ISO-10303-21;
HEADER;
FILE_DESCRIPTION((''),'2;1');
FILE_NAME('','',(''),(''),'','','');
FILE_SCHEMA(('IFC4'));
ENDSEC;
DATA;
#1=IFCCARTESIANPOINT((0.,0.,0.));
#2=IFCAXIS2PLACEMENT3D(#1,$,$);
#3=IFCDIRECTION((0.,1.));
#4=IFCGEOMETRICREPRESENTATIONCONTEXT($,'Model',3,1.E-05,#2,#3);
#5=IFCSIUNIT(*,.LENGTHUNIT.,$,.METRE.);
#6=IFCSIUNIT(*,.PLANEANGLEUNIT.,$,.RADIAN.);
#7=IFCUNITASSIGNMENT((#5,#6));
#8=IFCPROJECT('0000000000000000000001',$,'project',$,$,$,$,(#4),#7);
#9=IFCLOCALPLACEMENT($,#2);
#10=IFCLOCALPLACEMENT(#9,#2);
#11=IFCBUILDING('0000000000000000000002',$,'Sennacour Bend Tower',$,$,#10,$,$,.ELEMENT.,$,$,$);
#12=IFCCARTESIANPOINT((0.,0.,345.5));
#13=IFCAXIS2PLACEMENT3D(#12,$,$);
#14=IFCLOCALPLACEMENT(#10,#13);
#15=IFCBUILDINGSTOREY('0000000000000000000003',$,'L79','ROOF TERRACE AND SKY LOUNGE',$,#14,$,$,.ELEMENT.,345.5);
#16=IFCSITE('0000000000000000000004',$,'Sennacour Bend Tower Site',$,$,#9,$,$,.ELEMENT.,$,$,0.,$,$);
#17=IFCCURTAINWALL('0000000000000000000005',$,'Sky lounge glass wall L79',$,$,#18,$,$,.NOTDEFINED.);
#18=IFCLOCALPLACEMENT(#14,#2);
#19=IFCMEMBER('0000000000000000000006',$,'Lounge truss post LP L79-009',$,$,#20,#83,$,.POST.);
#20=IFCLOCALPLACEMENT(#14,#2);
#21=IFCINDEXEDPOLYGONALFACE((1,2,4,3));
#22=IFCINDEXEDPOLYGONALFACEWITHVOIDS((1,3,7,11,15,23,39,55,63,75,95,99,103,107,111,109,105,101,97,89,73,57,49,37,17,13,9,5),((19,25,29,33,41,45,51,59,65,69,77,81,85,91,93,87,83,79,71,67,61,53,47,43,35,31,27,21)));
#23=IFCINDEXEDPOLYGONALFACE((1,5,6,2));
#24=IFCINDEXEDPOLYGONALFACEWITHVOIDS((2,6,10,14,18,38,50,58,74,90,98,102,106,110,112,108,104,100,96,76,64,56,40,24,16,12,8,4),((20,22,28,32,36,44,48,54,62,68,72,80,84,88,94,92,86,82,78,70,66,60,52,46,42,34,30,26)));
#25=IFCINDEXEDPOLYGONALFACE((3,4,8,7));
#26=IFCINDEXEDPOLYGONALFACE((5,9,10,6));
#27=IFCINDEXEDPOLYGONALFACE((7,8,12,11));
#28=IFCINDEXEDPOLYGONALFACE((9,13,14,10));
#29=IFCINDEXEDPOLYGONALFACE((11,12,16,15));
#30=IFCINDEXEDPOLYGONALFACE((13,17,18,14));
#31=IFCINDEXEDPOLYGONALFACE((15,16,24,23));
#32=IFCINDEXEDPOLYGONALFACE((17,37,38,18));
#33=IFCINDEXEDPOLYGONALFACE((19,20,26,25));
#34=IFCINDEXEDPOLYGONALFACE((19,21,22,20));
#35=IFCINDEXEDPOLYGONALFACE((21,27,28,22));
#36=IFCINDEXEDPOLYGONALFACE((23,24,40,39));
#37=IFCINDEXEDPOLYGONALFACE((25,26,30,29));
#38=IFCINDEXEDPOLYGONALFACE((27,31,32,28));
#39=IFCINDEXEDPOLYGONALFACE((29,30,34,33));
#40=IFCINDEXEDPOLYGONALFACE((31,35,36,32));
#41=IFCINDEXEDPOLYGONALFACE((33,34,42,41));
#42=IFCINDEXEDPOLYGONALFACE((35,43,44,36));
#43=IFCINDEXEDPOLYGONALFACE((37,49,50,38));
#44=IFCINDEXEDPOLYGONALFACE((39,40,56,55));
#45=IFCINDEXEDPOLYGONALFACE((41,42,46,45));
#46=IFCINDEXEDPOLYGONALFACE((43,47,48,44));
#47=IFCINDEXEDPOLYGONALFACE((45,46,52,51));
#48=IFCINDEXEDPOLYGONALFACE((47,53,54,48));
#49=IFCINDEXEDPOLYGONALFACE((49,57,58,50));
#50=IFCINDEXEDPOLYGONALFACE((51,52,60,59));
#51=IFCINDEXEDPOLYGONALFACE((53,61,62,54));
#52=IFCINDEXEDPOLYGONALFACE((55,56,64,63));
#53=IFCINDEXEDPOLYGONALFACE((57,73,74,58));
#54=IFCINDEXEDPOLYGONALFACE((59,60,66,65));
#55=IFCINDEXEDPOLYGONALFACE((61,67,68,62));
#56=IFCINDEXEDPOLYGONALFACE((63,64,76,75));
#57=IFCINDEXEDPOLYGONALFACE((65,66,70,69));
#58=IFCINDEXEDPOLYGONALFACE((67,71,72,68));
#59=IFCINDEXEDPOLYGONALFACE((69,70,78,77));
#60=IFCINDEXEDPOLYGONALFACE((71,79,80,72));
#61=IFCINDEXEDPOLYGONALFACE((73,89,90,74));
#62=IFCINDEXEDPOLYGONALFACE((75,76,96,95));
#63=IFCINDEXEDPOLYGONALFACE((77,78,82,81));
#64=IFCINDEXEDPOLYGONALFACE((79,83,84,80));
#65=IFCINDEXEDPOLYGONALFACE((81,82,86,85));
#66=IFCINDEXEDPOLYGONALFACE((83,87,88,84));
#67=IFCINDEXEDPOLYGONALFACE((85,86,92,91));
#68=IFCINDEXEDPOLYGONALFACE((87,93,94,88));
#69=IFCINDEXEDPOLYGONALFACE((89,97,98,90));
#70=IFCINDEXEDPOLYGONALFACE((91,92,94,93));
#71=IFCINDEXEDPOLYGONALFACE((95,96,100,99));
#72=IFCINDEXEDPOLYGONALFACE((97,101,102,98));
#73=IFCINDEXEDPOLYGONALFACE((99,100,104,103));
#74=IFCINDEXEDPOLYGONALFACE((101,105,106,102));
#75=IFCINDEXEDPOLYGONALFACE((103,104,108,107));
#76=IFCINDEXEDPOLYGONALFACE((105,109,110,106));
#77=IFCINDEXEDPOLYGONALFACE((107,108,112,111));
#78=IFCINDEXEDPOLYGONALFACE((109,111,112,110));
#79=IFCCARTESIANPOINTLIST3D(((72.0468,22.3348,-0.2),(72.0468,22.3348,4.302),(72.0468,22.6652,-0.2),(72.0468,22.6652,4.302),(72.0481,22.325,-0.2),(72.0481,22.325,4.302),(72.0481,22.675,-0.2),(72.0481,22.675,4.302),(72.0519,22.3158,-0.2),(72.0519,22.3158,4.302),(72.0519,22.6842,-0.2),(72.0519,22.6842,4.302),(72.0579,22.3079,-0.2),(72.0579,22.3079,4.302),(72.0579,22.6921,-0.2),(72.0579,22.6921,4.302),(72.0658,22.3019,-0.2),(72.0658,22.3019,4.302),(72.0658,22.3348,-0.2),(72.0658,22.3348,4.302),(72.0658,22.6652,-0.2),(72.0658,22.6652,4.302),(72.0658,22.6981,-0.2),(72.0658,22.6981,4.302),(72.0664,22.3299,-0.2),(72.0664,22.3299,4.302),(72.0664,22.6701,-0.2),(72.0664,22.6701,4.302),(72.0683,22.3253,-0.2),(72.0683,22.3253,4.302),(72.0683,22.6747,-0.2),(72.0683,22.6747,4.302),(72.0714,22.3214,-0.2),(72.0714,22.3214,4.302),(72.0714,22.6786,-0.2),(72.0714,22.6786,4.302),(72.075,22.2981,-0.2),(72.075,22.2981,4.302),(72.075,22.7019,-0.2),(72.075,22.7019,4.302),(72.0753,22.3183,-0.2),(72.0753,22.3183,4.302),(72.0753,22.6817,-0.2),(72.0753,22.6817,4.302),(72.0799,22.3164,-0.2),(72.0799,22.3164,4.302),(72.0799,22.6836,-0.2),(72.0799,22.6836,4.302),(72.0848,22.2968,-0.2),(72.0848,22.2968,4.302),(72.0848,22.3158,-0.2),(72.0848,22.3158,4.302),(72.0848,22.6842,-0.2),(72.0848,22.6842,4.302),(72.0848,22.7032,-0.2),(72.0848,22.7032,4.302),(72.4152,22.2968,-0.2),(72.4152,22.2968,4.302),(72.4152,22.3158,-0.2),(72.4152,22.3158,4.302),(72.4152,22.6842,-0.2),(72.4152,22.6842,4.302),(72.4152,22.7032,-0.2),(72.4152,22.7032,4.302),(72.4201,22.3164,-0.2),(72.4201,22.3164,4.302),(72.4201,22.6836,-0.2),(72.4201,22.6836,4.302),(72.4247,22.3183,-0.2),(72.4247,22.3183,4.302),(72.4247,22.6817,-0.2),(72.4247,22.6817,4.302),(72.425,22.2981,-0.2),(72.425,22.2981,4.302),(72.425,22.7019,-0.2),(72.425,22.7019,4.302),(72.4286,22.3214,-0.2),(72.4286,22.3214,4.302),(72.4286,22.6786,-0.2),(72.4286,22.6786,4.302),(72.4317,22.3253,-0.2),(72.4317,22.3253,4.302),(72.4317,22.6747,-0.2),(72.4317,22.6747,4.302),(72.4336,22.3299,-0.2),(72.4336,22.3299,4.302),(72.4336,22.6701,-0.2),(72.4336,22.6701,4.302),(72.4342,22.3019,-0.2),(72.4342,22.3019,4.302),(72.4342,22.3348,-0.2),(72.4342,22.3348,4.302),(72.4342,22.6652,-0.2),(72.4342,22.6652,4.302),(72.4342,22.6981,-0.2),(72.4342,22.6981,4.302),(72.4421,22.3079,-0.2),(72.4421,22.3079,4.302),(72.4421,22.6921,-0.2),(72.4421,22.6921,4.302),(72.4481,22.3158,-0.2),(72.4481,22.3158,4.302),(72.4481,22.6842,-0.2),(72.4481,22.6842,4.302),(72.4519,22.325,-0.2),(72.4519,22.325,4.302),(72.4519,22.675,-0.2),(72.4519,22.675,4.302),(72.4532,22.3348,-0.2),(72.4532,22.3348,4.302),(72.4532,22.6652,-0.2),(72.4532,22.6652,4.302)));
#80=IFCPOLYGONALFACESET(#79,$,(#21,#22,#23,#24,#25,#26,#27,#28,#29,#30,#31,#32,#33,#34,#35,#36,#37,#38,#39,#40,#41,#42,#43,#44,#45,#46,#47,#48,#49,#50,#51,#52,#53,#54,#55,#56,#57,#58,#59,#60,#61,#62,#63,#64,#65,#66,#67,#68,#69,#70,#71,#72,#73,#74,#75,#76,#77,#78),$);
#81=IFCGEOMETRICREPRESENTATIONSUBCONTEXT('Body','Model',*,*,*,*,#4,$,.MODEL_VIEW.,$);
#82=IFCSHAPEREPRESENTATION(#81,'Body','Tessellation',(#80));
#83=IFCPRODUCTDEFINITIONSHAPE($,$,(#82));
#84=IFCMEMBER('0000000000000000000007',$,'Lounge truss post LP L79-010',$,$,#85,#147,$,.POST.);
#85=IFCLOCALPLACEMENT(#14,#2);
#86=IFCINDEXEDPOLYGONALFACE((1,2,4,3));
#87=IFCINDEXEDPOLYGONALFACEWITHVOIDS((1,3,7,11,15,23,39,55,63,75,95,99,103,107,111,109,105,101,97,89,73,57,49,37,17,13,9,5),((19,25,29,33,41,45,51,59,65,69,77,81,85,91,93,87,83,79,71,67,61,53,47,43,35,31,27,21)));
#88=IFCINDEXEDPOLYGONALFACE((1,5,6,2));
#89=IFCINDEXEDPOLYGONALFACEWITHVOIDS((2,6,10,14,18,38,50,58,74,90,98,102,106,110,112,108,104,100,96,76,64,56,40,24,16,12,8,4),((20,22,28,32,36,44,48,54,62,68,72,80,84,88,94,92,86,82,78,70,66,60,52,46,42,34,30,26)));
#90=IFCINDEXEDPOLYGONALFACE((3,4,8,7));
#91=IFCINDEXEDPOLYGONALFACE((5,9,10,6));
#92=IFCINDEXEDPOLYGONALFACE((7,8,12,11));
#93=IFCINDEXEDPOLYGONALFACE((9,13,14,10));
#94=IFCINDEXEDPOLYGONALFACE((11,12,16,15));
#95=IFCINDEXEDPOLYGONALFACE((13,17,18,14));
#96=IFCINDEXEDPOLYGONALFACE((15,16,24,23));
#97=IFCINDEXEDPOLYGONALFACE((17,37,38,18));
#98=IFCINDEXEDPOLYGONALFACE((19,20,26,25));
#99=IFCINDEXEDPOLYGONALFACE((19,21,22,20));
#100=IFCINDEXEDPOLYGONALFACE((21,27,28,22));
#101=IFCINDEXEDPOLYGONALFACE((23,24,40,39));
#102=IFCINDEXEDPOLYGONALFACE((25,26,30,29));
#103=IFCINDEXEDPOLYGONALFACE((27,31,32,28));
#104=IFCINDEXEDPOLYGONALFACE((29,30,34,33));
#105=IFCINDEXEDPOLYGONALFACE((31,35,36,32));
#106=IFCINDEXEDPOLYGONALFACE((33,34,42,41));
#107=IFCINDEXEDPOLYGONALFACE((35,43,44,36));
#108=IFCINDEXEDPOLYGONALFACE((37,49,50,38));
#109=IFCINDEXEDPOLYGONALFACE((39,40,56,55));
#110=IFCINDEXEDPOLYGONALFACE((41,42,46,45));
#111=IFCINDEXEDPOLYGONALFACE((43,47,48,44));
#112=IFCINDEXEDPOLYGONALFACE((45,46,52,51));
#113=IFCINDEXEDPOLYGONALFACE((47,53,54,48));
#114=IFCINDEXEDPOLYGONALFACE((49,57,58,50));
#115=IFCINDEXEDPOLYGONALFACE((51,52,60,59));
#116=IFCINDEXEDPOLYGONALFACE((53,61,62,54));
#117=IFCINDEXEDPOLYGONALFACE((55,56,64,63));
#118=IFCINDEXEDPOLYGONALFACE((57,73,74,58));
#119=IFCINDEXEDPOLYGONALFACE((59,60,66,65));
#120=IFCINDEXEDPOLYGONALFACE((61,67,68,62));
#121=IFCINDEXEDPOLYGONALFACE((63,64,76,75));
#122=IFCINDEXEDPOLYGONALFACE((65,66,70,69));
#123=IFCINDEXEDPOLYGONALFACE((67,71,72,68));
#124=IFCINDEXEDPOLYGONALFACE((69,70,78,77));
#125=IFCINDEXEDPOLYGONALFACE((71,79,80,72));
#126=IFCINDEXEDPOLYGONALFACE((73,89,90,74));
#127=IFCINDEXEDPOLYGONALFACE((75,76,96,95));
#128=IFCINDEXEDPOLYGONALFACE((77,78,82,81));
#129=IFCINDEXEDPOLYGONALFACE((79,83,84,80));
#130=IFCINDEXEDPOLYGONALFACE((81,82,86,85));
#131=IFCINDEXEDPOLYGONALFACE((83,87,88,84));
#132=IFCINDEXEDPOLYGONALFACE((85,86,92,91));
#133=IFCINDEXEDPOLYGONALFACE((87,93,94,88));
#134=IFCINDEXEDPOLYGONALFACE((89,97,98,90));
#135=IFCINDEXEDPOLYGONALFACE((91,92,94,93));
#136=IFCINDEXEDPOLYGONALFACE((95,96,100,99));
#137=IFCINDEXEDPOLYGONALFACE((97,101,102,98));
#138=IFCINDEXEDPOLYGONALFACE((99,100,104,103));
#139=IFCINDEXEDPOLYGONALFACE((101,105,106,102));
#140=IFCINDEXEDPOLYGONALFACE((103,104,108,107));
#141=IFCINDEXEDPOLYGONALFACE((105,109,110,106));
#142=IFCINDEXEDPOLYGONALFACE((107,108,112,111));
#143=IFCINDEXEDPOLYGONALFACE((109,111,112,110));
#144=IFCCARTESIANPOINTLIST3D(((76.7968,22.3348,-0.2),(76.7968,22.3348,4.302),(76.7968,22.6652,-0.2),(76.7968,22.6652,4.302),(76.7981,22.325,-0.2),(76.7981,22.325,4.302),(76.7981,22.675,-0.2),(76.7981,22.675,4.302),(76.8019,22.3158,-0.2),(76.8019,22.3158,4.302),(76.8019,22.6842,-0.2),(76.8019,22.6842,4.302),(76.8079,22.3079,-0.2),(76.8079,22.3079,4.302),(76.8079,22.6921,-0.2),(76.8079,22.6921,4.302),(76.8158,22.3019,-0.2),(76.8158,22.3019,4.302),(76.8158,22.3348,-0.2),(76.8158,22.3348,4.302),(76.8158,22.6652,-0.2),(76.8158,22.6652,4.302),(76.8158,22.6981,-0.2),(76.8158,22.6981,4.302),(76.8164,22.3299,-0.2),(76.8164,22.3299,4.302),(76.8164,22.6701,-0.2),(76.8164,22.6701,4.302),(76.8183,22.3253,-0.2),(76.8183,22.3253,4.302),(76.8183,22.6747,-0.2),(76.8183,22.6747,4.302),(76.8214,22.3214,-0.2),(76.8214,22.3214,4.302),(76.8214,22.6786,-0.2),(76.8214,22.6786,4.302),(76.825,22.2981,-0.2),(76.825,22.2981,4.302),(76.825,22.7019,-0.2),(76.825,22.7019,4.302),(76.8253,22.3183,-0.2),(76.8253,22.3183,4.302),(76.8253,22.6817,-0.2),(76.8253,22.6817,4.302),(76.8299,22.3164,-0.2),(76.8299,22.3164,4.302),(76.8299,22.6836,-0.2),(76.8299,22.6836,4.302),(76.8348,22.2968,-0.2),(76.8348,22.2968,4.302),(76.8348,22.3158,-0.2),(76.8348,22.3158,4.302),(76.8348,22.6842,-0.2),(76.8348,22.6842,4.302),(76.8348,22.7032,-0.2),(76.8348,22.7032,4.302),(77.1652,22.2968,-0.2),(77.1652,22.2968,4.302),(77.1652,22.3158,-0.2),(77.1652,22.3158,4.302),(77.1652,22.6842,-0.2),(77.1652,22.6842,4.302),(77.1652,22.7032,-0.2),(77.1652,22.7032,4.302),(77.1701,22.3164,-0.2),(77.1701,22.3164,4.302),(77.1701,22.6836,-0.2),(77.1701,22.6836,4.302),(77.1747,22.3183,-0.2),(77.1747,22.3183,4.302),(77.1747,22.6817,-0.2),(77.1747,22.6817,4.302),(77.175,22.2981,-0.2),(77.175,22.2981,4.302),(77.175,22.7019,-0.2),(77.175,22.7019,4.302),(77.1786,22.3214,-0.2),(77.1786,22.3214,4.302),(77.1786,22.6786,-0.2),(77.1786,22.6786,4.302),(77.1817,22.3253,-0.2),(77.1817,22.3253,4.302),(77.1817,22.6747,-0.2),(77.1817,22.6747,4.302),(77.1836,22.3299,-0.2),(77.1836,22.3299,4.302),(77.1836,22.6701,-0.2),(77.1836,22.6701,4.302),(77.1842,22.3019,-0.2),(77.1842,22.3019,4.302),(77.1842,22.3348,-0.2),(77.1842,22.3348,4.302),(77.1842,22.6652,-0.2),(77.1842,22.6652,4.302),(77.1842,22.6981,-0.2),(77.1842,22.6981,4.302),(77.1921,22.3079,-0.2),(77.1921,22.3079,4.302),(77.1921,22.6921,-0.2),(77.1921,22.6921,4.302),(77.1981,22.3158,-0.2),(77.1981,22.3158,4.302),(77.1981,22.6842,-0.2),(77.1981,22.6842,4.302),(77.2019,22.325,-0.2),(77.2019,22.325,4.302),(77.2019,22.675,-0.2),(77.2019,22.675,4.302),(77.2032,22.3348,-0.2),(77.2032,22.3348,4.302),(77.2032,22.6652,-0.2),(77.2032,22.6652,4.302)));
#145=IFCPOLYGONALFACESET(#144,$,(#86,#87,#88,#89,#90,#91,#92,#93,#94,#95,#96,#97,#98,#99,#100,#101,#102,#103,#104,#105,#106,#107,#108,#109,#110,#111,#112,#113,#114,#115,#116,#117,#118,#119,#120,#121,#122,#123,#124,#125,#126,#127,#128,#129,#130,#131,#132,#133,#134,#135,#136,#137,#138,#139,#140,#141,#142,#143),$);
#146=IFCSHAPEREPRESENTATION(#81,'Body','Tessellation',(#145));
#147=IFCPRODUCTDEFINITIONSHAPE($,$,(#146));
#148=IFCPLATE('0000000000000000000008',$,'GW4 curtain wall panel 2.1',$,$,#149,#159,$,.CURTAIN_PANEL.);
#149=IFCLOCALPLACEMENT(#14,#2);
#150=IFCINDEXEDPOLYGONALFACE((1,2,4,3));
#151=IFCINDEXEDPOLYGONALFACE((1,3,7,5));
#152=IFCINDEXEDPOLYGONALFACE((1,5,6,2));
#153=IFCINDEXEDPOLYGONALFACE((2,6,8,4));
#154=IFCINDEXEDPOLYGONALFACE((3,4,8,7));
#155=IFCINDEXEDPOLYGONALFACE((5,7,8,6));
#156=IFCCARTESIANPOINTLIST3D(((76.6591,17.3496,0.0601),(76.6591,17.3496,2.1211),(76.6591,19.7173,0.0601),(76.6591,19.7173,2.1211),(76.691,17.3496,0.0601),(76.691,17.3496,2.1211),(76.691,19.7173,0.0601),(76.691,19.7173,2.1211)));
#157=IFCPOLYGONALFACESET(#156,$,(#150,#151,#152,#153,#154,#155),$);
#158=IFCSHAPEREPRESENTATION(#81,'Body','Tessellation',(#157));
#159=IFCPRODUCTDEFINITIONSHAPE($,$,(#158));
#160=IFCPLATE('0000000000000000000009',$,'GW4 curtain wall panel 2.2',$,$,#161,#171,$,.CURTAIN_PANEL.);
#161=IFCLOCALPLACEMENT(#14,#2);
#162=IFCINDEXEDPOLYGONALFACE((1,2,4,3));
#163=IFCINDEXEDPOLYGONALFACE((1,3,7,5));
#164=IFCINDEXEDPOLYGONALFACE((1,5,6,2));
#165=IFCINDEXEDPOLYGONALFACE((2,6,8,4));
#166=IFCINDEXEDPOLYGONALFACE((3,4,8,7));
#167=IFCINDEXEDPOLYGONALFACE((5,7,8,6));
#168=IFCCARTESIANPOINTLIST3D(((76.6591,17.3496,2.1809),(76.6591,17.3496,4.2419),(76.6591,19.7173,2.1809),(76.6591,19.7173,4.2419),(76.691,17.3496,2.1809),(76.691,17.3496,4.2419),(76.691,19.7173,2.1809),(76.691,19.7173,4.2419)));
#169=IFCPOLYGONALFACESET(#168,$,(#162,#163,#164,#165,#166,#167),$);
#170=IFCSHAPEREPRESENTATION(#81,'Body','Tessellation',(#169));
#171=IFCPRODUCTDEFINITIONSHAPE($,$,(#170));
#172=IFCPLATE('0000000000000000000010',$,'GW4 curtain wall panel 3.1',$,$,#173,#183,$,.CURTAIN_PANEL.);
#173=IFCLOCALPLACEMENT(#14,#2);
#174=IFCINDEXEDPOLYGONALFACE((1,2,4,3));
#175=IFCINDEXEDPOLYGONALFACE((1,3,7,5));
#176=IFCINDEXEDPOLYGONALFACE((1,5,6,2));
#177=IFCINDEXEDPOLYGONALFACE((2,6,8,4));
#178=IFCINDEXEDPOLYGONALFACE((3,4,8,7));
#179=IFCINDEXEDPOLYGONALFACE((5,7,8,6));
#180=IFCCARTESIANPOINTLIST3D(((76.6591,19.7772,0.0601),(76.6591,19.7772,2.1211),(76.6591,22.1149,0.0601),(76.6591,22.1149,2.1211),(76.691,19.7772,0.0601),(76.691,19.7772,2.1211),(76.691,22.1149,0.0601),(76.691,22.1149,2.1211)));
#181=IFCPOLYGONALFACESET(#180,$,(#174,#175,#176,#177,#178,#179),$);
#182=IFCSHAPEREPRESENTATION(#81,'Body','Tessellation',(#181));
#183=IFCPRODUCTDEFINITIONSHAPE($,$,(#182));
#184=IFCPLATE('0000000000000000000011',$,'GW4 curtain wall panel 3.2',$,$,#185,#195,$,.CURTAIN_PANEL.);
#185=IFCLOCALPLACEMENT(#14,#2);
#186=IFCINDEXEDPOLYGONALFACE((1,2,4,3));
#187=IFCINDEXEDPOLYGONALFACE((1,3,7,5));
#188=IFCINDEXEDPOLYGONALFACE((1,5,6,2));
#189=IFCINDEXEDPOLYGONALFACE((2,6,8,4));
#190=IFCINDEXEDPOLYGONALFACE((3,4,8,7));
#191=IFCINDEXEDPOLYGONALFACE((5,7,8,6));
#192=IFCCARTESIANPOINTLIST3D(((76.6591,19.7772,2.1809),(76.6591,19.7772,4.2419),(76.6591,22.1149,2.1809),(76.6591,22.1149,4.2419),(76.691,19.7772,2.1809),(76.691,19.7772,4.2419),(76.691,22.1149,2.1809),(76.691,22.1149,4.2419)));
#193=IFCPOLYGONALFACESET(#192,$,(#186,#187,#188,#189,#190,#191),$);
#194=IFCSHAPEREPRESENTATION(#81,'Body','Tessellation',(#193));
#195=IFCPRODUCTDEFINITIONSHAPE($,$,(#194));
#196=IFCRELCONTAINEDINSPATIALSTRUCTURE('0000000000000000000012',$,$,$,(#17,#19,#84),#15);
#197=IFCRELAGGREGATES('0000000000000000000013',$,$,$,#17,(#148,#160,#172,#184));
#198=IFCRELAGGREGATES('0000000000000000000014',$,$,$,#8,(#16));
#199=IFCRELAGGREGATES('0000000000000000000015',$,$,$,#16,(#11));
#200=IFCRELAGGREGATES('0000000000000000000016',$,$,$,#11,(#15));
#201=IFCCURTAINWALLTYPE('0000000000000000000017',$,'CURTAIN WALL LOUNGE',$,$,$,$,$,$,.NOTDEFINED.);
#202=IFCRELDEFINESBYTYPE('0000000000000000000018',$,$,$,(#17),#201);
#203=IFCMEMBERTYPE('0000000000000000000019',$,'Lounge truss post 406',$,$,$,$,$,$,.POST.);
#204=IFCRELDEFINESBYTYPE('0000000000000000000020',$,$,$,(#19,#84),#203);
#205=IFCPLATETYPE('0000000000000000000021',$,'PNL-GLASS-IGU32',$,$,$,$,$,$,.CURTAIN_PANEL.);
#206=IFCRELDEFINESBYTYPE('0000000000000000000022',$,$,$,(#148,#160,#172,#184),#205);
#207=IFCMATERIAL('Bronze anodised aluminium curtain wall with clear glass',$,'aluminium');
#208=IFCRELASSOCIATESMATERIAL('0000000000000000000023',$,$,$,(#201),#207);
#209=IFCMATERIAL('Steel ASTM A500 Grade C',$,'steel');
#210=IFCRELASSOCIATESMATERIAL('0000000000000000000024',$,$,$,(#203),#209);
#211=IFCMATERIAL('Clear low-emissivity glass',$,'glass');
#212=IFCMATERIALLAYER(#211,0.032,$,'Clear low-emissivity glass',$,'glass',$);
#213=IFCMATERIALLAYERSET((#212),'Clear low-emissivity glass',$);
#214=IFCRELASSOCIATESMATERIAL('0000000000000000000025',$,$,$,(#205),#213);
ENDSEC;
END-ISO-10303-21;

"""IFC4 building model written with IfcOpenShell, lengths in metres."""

from ifc_helpers import new_model, si_unit, direction, frame, origin, origin_2d, place, context, subcontext, project, spatial, rectangle, hollow_rectangle, extrude, material, layer, layer_set, material_profile, profile_set, type_object, element, aggregate, save


model = new_model("IFC4")

# Units and contexts
model_context = context("Model", 3, precision=1e-05, world=origin(), true_north=direction((0.0, 1.0)))
body_context = subcontext(model_context, "Body", "Model", "MODEL_VIEW")
ifc_project = project(units=[si_unit("LENGTHUNIT", "METRE"), si_unit("PLANEANGLEUNIT", "RADIAN")], contexts=[model_context])

# Site, building, storey
site_placement = place(None, origin())
site = spatial("IfcSite", under=ifc_project, at=site_placement, Name="Sennacour Bend Tower Site", CompositionType="ELEMENT", RefElevation=0.0)
building_placement = place(site_placement, origin())
building = spatial("IfcBuilding", under=site, at=building_placement, Name="Sennacour Bend Tower", CompositionType="ELEMENT")
storey_placement = place(building_placement, frame((0.0, 0.0, 345.5)))
storey = spatial("IfcBuildingStorey", under=building, at=storey_placement, Name="L79", Description="ROOF TERRACE AND SKY LOUNGE", CompositionType="ELEMENT", Elevation=345.5)

# Curtain wall
ifc_material_1 = material(Name="Bronze anodised aluminium curtain wall with clear glass", Category="aluminium")
curtain_wall_type = type_object("IfcCurtainWallType", Name="CURTAIN WALL LOUNGE", PredefinedType="NOTDEFINED", material=ifc_material_1)
curtain_wall_1_placement = place(storey_placement, origin())
curtain_wall_1 = element("IfcCurtainWall", 1, at=curtain_wall_1_placement, inside=storey, type_object=curtain_wall_type, Name="Sky lounge glass wall L79", PredefinedType="NOTDEFINED")

# Members
ifc_material_2 = material(Name="Steel ASTM A500 Grade C", Category="steel")
ifc_material_profile_1 = material_profile(ifc_material_2, hollow_rectangle(XDim=0.4065, YDim=0.4065, WallThickness=0.019, InnerFilletRadius=0.019, OuterFilletRadius=0.0381, at=origin_2d()), Name="Steel ASTM A500 Grade C", Category="steel")
ifc_profile_set_1 = profile_set([ifc_material_profile_1], Name="Steel ASTM A500 Grade C")
member_type_1 = type_object("IfcMemberType", Name="Lounge truss post 406", PredefinedType="POST", material=ifc_profile_set_1)
for number, where, z_axis, x_axis, name in (
    (2, (72.25, 22.5, -0.2), (0.0, 0.0, 1.0), (1.0, 0.0, 0.0), "Lounge truss post LP L79-009"),
    (3, (77.0, 22.5, -0.2), (0.0, 0.0, 1.0), (1.0, 0.0, 0.0), "Lounge truss post LP L79-010"),
):
    element("IfcMember", number, at=place(storey_placement, frame(where, z_axis=z_axis, x_axis=x_axis)), inside=storey, type_object=member_type_1, Name=name, PredefinedType="POST", context=body_context, shape_type="SweptSolid", body=[
        extrude(hollow_rectangle(XDim=0.4065, YDim=0.4065, WallThickness=0.019, InnerFilletRadius=0.019, OuterFilletRadius=0.0381, at=origin_2d()), origin(), (0.0, 0.0, 1.0), 4.502),
    ])

# Plates
ifc_material_3 = material(Name="Clear low-emissivity glass", Category="glass")
ifc_layer = layer(ifc_material_3, 0.032, Name="Clear low-emissivity glass", Category="glass")
ifc_layer_set = layer_set([ifc_layer], Name="Clear low-emissivity glass")
plate_type = type_object("IfcPlateType", Name="PNL-GLASS-IGU32", PredefinedType="CURTAIN_PANEL", material=ifc_layer_set)
plate_1_placement = place(storey_placement, frame((76.675, 18.5334, 0.0601), z_axis=(0.0, 0.0, 1.0), x_axis=(0.0, 1.0, 0.0)))
plate_1 = element("IfcPlate", 4, at=plate_1_placement, type_object=plate_type, Name="GW4 curtain wall panel 2.1", PredefinedType="CURTAIN_PANEL", context=body_context, shape_type="SweptSolid", body=[
    extrude(rectangle(XDim=2.3677, YDim=0.032, at=origin_2d()), origin(), (0.0, 0.0, 1.0), 2.061),
])
plate_2_placement = place(storey_placement, frame((76.675, 18.5334, 2.1809), z_axis=(0.0, 0.0, 1.0), x_axis=(0.0, 1.0, 0.0)))
plate_2 = element("IfcPlate", 5, at=plate_2_placement, type_object=plate_type, Name="GW4 curtain wall panel 2.2", PredefinedType="CURTAIN_PANEL", context=body_context, shape_type="SweptSolid", body=[
    extrude(rectangle(XDim=2.3677, YDim=0.032, at=origin_2d()), origin(), (0.0, 0.0, 1.0), 2.061),
])
plate_3_placement = place(storey_placement, frame((76.675, 20.946, 0.0601), z_axis=(0.0, 0.0, 1.0), x_axis=(0.0, 1.0, 0.0)))
plate_3 = element("IfcPlate", 6, at=plate_3_placement, type_object=plate_type, Name="GW4 curtain wall panel 3.1", PredefinedType="CURTAIN_PANEL", context=body_context, shape_type="SweptSolid", body=[
    extrude(rectangle(XDim=2.3376, YDim=0.032, at=origin_2d()), origin(), (0.0, 0.0, 1.0), 2.061),
])
plate_4_placement = place(storey_placement, frame((76.675, 20.946, 2.1809), z_axis=(0.0, 0.0, 1.0), x_axis=(0.0, 1.0, 0.0)))
plate_4 = element("IfcPlate", 7, at=plate_4_placement, type_object=plate_type, Name="GW4 curtain wall panel 3.2", PredefinedType="CURTAIN_PANEL", context=body_context, shape_type="SweptSolid", body=[
    extrude(rectangle(XDim=2.3376, YDim=0.032, at=origin_2d()), origin(), (0.0, 0.0, 1.0), 2.061),
])
aggregate(curtain_wall_1, [plate_1, plate_2, plate_3, plate_4])

save(model, "model.ifc")
